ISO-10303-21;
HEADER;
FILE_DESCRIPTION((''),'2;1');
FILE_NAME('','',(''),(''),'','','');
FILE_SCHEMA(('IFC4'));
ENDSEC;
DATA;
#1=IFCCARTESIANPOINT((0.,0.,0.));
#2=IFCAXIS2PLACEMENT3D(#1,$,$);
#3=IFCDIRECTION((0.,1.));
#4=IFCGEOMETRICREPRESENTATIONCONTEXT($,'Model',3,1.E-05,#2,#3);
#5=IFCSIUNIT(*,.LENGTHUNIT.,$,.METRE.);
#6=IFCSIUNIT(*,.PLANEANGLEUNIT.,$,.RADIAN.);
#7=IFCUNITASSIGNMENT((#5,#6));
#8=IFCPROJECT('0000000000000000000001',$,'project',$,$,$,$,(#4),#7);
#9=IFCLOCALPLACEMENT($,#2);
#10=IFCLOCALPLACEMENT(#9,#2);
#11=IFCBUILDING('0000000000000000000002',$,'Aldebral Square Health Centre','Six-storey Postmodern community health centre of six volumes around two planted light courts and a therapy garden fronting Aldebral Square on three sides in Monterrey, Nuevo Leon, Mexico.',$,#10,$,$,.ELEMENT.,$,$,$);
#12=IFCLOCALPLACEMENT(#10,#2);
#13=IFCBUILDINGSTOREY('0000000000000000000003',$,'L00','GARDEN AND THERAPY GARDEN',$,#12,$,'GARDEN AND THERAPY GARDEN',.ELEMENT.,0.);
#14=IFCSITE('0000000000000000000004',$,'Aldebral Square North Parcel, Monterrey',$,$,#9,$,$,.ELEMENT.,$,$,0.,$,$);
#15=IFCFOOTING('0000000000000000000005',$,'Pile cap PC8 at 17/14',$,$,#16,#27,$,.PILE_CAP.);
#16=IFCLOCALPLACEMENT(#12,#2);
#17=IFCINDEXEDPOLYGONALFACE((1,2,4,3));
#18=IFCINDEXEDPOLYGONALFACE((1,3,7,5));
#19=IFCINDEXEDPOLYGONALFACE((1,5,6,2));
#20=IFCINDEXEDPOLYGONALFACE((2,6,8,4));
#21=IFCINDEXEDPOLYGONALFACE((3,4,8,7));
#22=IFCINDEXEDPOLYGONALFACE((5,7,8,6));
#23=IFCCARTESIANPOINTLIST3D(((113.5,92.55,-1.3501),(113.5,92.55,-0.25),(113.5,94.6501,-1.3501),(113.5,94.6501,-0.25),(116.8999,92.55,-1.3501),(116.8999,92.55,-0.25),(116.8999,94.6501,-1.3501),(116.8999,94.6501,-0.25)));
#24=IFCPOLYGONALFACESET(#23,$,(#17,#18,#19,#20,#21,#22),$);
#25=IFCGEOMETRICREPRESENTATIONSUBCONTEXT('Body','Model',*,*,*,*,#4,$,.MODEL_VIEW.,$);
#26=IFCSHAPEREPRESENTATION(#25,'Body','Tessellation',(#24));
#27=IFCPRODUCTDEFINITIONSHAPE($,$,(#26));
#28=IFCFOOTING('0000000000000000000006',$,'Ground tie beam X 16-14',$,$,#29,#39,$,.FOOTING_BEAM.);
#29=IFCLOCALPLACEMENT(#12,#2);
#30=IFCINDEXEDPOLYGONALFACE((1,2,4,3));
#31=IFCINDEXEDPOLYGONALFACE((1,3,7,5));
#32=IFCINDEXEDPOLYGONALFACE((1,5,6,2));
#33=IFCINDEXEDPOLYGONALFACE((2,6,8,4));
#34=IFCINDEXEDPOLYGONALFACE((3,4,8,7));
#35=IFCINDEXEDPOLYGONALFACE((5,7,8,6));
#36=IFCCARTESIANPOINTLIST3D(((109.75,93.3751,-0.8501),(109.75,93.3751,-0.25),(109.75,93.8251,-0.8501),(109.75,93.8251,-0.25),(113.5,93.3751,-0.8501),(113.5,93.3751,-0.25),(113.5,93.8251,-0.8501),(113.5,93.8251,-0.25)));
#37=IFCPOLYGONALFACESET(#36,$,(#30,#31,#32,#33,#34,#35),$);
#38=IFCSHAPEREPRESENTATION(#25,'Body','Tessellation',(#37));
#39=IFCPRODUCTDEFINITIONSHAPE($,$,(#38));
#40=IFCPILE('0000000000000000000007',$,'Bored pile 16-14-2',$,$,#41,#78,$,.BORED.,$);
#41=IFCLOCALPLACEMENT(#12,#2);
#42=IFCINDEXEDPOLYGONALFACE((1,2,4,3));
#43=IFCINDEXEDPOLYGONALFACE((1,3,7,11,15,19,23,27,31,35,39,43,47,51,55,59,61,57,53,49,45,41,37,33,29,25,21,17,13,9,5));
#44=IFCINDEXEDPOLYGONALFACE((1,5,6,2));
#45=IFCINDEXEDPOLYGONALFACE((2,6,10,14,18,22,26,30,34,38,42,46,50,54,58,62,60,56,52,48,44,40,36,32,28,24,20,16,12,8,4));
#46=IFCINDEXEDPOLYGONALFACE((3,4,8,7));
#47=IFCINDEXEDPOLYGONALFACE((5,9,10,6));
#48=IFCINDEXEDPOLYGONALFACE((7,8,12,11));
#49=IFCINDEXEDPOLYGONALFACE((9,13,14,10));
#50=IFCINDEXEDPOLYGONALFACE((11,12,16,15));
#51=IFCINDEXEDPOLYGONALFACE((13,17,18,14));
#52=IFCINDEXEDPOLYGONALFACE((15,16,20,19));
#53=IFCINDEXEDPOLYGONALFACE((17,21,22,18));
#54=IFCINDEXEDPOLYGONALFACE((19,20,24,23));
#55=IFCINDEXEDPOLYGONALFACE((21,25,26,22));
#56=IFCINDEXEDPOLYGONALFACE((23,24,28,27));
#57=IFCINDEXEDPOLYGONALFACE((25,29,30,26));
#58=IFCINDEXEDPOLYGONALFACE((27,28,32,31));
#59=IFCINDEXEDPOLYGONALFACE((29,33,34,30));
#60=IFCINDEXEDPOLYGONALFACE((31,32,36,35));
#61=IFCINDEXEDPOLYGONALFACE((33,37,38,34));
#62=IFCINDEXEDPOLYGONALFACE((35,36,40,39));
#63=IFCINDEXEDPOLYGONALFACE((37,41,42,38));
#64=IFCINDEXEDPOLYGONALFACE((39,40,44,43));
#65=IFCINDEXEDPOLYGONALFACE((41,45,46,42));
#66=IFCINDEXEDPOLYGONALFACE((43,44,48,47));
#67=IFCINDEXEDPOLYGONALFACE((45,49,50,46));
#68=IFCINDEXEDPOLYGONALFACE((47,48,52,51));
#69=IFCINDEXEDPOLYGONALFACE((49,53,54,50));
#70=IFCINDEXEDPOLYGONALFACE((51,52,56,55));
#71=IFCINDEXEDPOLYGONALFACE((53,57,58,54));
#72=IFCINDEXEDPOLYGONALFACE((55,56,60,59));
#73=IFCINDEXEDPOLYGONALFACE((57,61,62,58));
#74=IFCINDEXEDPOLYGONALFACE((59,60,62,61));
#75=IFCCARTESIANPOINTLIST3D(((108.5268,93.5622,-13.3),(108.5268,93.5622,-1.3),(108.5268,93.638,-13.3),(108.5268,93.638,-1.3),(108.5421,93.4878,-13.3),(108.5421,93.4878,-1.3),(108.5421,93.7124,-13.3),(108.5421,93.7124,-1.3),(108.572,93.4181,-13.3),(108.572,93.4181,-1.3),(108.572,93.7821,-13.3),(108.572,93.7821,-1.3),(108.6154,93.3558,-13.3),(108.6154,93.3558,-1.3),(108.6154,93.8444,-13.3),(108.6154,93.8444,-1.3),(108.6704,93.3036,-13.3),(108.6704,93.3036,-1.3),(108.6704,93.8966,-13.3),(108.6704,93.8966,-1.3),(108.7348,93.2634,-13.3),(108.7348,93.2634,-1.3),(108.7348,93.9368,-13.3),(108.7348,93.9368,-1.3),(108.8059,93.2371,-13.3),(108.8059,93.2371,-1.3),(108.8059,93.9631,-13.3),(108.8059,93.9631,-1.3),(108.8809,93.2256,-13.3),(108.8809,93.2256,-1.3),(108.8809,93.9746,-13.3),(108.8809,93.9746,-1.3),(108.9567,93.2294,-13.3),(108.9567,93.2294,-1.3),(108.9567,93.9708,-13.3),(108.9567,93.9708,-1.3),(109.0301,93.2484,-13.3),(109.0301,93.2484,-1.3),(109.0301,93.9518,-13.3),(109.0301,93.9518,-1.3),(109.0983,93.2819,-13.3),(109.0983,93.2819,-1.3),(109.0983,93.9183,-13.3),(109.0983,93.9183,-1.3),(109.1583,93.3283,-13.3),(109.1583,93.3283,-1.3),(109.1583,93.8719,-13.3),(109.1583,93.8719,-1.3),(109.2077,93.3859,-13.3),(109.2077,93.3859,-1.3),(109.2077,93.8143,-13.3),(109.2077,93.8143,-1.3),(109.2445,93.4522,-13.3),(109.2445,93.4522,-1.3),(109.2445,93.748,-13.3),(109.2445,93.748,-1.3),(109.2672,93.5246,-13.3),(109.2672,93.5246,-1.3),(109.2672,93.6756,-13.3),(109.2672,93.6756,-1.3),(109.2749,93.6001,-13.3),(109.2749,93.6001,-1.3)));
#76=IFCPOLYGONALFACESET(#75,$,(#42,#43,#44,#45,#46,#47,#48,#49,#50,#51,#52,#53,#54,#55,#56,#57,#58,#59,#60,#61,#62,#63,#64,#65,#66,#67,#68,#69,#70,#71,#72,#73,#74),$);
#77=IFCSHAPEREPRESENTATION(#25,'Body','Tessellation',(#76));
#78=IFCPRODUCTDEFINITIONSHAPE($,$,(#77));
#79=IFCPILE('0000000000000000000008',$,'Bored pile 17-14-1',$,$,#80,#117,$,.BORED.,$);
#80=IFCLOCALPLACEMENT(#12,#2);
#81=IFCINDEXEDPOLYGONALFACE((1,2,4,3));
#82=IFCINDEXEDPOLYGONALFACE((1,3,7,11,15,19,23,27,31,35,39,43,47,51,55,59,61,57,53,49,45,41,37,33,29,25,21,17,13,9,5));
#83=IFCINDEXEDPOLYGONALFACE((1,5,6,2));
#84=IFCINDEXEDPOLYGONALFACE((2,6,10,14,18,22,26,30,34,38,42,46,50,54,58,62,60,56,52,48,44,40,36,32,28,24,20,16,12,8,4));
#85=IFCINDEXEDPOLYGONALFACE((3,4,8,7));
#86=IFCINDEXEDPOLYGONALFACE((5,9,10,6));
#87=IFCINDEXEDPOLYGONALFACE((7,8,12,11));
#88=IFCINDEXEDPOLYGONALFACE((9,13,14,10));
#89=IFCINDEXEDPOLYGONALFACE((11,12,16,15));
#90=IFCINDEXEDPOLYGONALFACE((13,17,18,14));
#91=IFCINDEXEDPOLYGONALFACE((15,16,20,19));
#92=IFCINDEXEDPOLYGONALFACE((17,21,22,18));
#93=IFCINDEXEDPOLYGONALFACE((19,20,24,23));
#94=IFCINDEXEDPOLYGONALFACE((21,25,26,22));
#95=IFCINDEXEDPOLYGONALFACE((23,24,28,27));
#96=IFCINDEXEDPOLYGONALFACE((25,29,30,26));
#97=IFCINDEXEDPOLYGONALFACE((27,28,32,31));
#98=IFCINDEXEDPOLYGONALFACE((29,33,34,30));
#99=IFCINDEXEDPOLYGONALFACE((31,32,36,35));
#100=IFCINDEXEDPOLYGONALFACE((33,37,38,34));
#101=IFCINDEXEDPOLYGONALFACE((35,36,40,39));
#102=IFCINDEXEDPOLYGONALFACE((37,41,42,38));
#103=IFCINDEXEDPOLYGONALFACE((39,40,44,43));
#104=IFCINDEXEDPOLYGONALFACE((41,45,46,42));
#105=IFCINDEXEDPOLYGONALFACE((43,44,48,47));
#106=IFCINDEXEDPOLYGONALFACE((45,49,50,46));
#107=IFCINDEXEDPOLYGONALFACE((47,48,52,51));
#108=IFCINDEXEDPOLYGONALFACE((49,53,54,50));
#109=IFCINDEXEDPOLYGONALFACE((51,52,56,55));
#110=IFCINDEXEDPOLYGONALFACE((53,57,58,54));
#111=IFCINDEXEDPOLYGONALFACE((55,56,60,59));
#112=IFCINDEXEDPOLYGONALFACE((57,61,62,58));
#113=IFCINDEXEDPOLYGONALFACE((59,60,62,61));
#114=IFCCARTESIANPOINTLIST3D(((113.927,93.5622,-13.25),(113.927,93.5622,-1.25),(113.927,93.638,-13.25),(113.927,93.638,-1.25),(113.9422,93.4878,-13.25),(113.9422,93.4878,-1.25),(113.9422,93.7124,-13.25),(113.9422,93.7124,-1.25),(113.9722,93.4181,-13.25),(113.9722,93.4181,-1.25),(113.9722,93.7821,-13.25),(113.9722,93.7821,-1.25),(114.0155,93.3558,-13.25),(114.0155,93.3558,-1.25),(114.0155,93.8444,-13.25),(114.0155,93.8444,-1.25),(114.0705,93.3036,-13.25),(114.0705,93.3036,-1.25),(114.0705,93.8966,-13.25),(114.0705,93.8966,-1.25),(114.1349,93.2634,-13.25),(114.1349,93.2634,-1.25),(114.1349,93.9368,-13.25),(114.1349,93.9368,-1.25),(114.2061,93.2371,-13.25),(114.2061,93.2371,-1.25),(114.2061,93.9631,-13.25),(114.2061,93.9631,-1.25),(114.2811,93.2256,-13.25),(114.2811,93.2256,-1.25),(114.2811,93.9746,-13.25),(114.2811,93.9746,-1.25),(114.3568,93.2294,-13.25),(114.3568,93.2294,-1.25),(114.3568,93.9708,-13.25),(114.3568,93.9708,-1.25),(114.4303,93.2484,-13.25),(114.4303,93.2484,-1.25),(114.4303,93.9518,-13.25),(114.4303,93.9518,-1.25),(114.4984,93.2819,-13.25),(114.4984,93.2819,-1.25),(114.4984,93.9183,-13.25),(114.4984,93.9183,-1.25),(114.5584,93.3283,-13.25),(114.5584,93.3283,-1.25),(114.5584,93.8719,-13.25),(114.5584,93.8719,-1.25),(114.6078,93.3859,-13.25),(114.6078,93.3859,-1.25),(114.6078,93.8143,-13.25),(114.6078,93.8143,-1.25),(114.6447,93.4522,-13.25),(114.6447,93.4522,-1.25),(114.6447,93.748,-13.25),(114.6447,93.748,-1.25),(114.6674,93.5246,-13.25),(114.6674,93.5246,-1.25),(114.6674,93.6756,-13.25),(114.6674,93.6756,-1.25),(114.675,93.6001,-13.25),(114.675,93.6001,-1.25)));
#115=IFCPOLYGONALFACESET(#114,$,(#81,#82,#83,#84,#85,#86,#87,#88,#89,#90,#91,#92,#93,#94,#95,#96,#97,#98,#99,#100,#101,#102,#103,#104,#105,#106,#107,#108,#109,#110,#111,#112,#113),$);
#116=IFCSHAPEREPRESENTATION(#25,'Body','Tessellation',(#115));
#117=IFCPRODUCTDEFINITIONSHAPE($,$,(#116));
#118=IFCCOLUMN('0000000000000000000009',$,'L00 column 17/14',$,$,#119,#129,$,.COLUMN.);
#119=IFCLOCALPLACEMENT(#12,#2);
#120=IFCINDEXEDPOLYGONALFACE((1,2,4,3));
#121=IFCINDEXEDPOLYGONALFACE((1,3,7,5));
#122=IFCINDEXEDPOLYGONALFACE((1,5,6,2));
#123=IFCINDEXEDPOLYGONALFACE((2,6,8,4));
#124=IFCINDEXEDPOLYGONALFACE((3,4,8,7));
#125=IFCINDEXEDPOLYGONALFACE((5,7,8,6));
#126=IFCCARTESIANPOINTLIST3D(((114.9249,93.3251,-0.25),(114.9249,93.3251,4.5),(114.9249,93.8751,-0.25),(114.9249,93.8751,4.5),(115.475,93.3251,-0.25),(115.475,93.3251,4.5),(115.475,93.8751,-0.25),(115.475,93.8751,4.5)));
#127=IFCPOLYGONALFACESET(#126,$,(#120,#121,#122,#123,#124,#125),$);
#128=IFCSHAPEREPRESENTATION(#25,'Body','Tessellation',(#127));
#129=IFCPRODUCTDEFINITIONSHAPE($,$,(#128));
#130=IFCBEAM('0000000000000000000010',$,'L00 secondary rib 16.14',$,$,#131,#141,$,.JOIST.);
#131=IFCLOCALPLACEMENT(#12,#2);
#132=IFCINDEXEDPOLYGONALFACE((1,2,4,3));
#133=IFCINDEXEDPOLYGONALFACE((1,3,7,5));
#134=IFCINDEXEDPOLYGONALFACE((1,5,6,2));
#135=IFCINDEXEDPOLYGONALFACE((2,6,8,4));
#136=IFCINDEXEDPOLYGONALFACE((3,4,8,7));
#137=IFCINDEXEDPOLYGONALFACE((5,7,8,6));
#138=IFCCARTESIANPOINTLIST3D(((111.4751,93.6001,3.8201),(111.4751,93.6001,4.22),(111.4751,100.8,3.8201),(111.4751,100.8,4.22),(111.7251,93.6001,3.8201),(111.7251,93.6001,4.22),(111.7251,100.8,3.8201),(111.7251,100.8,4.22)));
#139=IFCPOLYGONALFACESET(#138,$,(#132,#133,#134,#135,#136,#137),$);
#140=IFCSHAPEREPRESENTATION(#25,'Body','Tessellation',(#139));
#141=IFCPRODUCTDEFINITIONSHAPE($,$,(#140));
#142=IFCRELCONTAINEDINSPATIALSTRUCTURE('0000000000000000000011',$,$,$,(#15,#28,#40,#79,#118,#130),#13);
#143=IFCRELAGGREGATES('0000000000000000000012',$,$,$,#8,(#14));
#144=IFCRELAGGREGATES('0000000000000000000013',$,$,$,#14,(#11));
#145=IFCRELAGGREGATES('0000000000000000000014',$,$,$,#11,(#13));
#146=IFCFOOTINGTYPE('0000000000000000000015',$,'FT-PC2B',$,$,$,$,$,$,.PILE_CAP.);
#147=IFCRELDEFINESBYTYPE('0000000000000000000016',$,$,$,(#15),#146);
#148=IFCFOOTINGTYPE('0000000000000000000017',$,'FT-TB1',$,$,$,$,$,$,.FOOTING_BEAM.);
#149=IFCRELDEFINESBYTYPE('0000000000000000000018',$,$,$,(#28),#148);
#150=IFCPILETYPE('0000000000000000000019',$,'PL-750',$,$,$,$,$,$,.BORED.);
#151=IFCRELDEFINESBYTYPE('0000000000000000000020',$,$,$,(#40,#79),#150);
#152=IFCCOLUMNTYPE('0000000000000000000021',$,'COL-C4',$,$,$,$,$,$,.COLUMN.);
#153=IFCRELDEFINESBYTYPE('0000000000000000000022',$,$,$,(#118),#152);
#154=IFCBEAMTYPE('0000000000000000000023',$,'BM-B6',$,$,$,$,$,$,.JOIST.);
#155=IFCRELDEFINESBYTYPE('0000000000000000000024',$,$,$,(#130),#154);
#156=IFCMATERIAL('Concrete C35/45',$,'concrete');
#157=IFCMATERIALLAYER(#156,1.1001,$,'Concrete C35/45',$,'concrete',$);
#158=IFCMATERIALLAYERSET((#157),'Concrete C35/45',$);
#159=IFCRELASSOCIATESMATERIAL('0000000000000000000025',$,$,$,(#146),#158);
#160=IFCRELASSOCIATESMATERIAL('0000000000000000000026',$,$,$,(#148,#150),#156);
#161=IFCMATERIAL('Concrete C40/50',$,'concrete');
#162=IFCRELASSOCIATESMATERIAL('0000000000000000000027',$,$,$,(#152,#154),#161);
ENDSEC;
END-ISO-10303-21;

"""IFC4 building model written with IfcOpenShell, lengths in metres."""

from ifc_helpers import new_model, si_unit, direction, frame, origin, origin_2d, place, context, subcontext, project, spatial, rectangle, circle, extrude, material, layer, layer_set, material_profile, profile_set, type_object, element, save


model = new_model("IFC4")

# Units and contexts
model_context = context("Model", 3, precision=1e-05, world=origin(), true_north=direction((0.0, 1.0)))
body_context = subcontext(model_context, "Body", "Model", "MODEL_VIEW")
ifc_project = project(units=[si_unit("LENGTHUNIT", "METRE"), si_unit("PLANEANGLEUNIT", "RADIAN")], contexts=[model_context])

# Site, building, storey
site_placement = place(None, origin())
site = spatial("IfcSite", under=ifc_project, at=site_placement, Name="Aldebral Square North Parcel, Monterrey", CompositionType="ELEMENT", RefElevation=0.0)
building_placement = place(site_placement, origin())
building = spatial("IfcBuilding", under=site, at=building_placement, Name="Aldebral Square Health Centre", Description="Six-storey Postmodern community health centre of six volumes around two planted light courts and a therapy garden fronting Aldebral Square on three sides in Monterrey, Nuevo Leon, Mexico.", CompositionType="ELEMENT")
storey_placement = place(building_placement, origin())
storey = spatial("IfcBuildingStorey", under=building, at=storey_placement, Name="L00", Description="GARDEN AND THERAPY GARDEN", LongName="GARDEN AND THERAPY GARDEN", CompositionType="ELEMENT", Elevation=0.0)

# Footings
ifc_material_1 = material(Name="Concrete C35/45", Category="concrete")
ifc_layer_1 = layer(ifc_material_1, 1.1001, Name="Concrete C35/45", Category="concrete")
ifc_layer_set_1 = layer_set([ifc_layer_1], Name="Concrete C35/45")
footing_type_1 = type_object("IfcFootingType", Name="FT-PC2B", PredefinedType="PILE_CAP", material=ifc_layer_set_1)
footing_1_placement = place(storey_placement, frame((115.2, 93.6001, -1.3501), z_axis=(0.0, 0.0, 1.0), x_axis=(1.0, 0.0, 0.0)))
element("IfcFooting", 1, at=footing_1_placement, inside=storey, type_object=footing_type_1, Name="Pile cap PC8 at 17/14", PredefinedType="PILE_CAP", context=body_context, shape_type="SweptSolid", body=[
    extrude(rectangle(XDim=3.3999, YDim=2.1001, at=origin_2d()), origin(), (0.0, 0.0, 1.0), 1.1001),
])
ifc_material_profile_1 = material_profile(ifc_material_1, rectangle(XDim=0.45, YDim=0.6001, at=origin_2d()), Name="RC 450x600")
ifc_profile_set_1 = profile_set([ifc_material_profile_1], Name="Concrete C35/45")
footing_type_2 = type_object("IfcFootingType", Name="FT-TB1", PredefinedType="FOOTING_BEAM", material=ifc_profile_set_1)
footing_2_placement = place(storey_placement, frame((109.75, 93.6001, -0.55), z_axis=(1.0, 0.0, 0.0), x_axis=(0.0, 1.0, 0.0)))
element("IfcFooting", 2, at=footing_2_placement, inside=storey, type_object=footing_type_2, Name="Ground tie beam X 16-14", PredefinedType="FOOTING_BEAM", context=body_context, shape_type="SweptSolid", body=[
    extrude(rectangle(XDim=0.45, YDim=0.6001, at=origin_2d()), origin(), (0.0, 0.0, 1.0), 3.75),
])

# Piles
ifc_material_profile_2 = material_profile(ifc_material_1, circle(Radius=0.375, at=origin_2d()), Name="PILE D750")
ifc_profile_set_2 = profile_set([ifc_material_profile_2], Name="Concrete C35/45")
pile_type = type_object("IfcPileType", Name="PL-750", PredefinedType="BORED", material=ifc_profile_set_2)
for number, where, z_axis, x_axis, name in (
    (3, (108.8999, 93.6001, -1.3), (0.0, 0.0, -1.0), (1.0, 0.0, 0.0), "Bored pile 16-14-2"),
    (4, (114.3, 93.6001, -1.25), (0.0, 0.0, -1.0), (1.0, 0.0, 0.0), "Bored pile 17-14-1"),
):
    element("IfcPile", number, at=place(storey_placement, frame(where, z_axis=z_axis, x_axis=x_axis)), inside=storey, type_object=pile_type, Name=name, PredefinedType="BORED", context=body_context, shape_type="SweptSolid", body=[
        extrude(circle(Radius=0.375, at=origin_2d()), origin(), (0.0, 0.0, 1.0), 12.0),
    ])

# Column
ifc_material_2 = material(Name="Concrete C40/50", Category="concrete")
ifc_material_profile_3 = material_profile(ifc_material_2, rectangle(XDim=0.55, YDim=0.55, at=origin_2d()), Name="RC 550x550")
ifc_profile_set_3 = profile_set([ifc_material_profile_3], Name="Concrete C40/50")
column_type = type_object("IfcColumnType", Name="COL-C4", PredefinedType="COLUMN", material=ifc_profile_set_3)
column_placement = place(storey_placement, frame((115.2, 93.6001, -0.25), z_axis=(0.0, 0.0, 1.0), x_axis=(1.0, 0.0, 0.0)))
element("IfcColumn", 5, at=column_placement, inside=storey, type_object=column_type, Name="L00 column 17/14", PredefinedType="COLUMN", context=body_context, shape_type="SweptSolid", body=[
    extrude(rectangle(XDim=0.55, YDim=0.55, at=origin_2d()), origin(), (0.0, 0.0, 1.0), 4.75),
])

# Beam
ifc_material_profile_4 = material_profile(ifc_material_2, rectangle(XDim=0.25, YDim=0.3999, at=origin_2d()), Name="RC 250x400")
ifc_profile_set_4 = profile_set([ifc_material_profile_4], Name="Concrete C40/50")
beam_type = type_object("IfcBeamType", Name="BM-B6", PredefinedType="JOIST", material=ifc_profile_set_4)
beam_placement = place(storey_placement, frame((111.6001, 93.6001, 4.02), z_axis=(0.0, 1.0, 0.0), x_axis=(-1.0, 0.0, 0.0)))
element("IfcBeam", 6, at=beam_placement, inside=storey, type_object=beam_type, Name="L00 secondary rib 16.14", PredefinedType="JOIST", context=body_context, shape_type="SweptSolid", body=[
    extrude(rectangle(XDim=0.25, YDim=0.3999, at=origin_2d()), origin(), (0.0, 0.0, 1.0), 7.2),
])

save(model, "model.ifc")
